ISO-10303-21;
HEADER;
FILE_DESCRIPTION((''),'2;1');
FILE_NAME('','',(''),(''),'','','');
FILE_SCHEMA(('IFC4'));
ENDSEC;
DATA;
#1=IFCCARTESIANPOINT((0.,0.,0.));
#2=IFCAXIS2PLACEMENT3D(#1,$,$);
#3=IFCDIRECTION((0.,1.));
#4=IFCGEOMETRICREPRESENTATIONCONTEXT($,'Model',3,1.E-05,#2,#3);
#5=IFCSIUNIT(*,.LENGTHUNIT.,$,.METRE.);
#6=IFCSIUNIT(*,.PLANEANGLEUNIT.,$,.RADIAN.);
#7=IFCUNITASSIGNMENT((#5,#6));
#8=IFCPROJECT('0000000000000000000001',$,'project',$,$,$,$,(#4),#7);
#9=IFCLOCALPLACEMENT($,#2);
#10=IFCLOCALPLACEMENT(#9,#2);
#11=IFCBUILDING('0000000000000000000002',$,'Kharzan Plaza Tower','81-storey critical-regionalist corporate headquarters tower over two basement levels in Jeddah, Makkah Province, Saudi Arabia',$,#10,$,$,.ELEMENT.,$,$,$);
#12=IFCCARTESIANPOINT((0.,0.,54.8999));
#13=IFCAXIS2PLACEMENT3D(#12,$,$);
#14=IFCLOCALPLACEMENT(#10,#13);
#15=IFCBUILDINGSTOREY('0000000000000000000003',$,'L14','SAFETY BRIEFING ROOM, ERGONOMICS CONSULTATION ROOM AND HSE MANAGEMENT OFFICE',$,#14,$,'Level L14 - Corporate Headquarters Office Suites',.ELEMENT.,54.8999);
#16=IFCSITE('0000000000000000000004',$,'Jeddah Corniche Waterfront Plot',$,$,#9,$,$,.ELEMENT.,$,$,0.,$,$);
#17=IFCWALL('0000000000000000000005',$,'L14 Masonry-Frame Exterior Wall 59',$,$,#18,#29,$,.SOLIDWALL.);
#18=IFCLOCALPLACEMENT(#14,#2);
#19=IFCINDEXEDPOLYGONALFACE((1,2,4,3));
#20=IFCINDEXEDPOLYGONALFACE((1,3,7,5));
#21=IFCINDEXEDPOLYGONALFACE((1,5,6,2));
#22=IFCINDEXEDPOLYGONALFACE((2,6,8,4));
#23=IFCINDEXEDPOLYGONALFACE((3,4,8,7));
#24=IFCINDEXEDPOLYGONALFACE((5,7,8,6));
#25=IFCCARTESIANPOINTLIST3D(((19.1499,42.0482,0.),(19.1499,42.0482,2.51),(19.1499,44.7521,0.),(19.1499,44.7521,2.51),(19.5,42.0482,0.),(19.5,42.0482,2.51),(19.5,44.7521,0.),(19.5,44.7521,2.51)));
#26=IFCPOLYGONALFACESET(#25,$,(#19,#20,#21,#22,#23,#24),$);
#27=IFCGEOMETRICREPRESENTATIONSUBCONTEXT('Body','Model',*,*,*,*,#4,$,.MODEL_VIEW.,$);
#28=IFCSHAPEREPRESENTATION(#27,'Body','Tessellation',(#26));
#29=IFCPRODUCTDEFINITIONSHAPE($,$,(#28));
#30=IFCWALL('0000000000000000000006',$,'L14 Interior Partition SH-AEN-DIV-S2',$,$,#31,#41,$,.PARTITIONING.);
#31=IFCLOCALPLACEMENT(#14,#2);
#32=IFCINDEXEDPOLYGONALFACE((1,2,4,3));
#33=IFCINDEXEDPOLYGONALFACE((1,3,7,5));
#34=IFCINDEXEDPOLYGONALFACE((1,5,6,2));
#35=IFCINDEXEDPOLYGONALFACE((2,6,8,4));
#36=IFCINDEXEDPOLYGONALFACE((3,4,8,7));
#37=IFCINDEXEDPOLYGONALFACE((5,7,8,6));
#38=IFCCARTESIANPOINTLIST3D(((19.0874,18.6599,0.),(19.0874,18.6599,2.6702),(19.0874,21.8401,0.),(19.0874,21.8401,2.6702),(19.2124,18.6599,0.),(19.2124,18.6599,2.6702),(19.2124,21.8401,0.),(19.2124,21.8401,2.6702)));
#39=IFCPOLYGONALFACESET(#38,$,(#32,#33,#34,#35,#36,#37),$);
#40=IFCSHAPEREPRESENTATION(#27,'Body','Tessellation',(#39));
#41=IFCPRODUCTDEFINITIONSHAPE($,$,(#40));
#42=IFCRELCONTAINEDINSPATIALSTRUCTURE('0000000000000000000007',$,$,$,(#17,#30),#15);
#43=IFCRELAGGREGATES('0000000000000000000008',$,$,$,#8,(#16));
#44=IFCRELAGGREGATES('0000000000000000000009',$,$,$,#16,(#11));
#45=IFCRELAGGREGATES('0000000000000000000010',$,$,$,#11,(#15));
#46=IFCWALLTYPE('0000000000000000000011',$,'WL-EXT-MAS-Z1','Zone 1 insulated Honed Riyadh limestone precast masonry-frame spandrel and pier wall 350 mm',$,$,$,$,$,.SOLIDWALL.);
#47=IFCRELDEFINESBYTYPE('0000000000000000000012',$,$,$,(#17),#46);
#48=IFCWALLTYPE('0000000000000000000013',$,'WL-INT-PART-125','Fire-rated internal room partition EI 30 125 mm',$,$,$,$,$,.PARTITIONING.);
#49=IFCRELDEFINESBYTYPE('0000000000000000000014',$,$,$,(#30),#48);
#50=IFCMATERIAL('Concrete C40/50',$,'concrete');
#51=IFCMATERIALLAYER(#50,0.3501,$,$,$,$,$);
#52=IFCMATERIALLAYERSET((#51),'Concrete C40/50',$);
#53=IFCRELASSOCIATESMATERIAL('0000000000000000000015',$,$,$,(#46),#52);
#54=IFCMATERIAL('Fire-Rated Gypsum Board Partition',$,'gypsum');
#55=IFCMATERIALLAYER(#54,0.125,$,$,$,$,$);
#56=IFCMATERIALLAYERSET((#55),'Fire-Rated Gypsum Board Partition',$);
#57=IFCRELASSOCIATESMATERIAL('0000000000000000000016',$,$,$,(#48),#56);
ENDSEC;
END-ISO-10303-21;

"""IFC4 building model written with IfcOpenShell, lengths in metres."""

from ifc_helpers import new_model, si_unit, direction, frame, frame_2d, origin, place, context, subcontext, project, spatial, rectangle, extrude, source, transform, mapped, material, layer, layer_set, type_object, element, save


model = new_model("IFC4")

# Units and contexts
model_context = context("Model", 3, precision=1e-05, world=origin(), true_north=direction((0.0, 1.0)))
body_context = subcontext(model_context, "Body", "Model", "MODEL_VIEW")
ifc_project = project(units=[si_unit("LENGTHUNIT", "METRE"), si_unit("PLANEANGLEUNIT", "RADIAN")], contexts=[model_context])

# Site, building, storey
site_placement = place(None, origin())
site = spatial("IfcSite", under=ifc_project, at=site_placement, Name="Jeddah Corniche Waterfront Plot", CompositionType="ELEMENT", RefElevation=0.0)
building_placement = place(site_placement, origin())
building = spatial("IfcBuilding", under=site, at=building_placement, Name="Kharzan Plaza Tower", Description="81-storey critical-regionalist corporate headquarters tower over two basement levels in Jeddah, Makkah Province, Saudi Arabia", CompositionType="ELEMENT")
storey_placement = place(building_placement, frame((0.0, 0.0, 54.8999)))
storey = spatial("IfcBuildingStorey", under=building, at=storey_placement, Name="L14", Description="SAFETY BRIEFING ROOM, ERGONOMICS CONSULTATION ROOM AND HSE MANAGEMENT OFFICE", LongName="Level L14 - Corporate Headquarters Office Suites", CompositionType="ELEMENT", Elevation=54.8999)

# Shared definitions
ifc_material_1 = material(Name="Concrete C40/50", Category="concrete")
ifc_layer_1 = layer(ifc_material_1, 0.3501)
ifc_layer_set_1 = layer_set([ifc_layer_1], Name="Concrete C40/50")
wall_type_1 = type_object("IfcWallType", Name="WL-EXT-MAS-Z1", Description="Zone 1 insulated Honed Riyadh limestone precast masonry-frame spandrel and pier wall 350 mm", PredefinedType="SOLIDWALL", material=ifc_layer_set_1)

# Walls
shared_shape_1 = source(origin(), body_context, "Body", "SweptSolid", [
    extrude(rectangle(XDim=2.7039, YDim=0.3501, at=frame_2d((1.3521, 0.0))), origin(), (0.0, 0.0, 1.0), 2.51),
])
wall_1_placement = place(storey_placement, frame((19.325, 42.0481, 0.0), z_axis=(0.0, 0.0, 1.0), x_axis=(0.0, 1.0, 0.0)))
element("IfcWall", 1, at=wall_1_placement, inside=storey, type_object=wall_type_1, Name="L14 Masonry-Frame Exterior Wall 59", PredefinedType="SOLIDWALL", context=body_context, shape_type="MappedRepresentation", body=[
    mapped(shared_shape_1, transform((0.0, 0.0, 0.0), x_axis=(1.0, 0.0, 0.0), y_axis=(0.0, 1.0, 0.0), z_axis=(0.0, 0.0, 1.0))),
])
ifc_material_2 = material(Name="Fire-Rated Gypsum Board Partition", Category="gypsum")
ifc_layer_2 = layer(ifc_material_2, 0.125)
ifc_layer_set_2 = layer_set([ifc_layer_2], Name="Fire-Rated Gypsum Board Partition")
wall_type_2 = type_object("IfcWallType", Name="WL-INT-PART-125", Description="Fire-rated internal room partition EI 30 125 mm", PredefinedType="PARTITIONING", material=ifc_layer_set_2)
shared_shape_2 = source(origin(), body_context, "Body", "SweptSolid", [
    extrude(rectangle(XDim=3.1802, YDim=0.125, at=frame_2d((1.5901, 0.0))), origin(), (0.0, 0.0, 1.0), 2.6702),
])
wall_2_placement = place(storey_placement, frame((19.1499, 18.6599, 0.0), z_axis=(0.0, 0.0, 1.0), x_axis=(0.0, 1.0, 0.0)))
element("IfcWall", 2, at=wall_2_placement, inside=storey, type_object=wall_type_2, Name="L14 Interior Partition SH-AEN-DIV-S2", PredefinedType="PARTITIONING", context=body_context, shape_type="MappedRepresentation", body=[
    mapped(shared_shape_2, transform((0.0, 0.0, 0.0), x_axis=(1.0, 0.0, 0.0), y_axis=(0.0, 1.0, 0.0), z_axis=(0.0, 0.0, 1.0))),
])

save(model, "model.ifc")
